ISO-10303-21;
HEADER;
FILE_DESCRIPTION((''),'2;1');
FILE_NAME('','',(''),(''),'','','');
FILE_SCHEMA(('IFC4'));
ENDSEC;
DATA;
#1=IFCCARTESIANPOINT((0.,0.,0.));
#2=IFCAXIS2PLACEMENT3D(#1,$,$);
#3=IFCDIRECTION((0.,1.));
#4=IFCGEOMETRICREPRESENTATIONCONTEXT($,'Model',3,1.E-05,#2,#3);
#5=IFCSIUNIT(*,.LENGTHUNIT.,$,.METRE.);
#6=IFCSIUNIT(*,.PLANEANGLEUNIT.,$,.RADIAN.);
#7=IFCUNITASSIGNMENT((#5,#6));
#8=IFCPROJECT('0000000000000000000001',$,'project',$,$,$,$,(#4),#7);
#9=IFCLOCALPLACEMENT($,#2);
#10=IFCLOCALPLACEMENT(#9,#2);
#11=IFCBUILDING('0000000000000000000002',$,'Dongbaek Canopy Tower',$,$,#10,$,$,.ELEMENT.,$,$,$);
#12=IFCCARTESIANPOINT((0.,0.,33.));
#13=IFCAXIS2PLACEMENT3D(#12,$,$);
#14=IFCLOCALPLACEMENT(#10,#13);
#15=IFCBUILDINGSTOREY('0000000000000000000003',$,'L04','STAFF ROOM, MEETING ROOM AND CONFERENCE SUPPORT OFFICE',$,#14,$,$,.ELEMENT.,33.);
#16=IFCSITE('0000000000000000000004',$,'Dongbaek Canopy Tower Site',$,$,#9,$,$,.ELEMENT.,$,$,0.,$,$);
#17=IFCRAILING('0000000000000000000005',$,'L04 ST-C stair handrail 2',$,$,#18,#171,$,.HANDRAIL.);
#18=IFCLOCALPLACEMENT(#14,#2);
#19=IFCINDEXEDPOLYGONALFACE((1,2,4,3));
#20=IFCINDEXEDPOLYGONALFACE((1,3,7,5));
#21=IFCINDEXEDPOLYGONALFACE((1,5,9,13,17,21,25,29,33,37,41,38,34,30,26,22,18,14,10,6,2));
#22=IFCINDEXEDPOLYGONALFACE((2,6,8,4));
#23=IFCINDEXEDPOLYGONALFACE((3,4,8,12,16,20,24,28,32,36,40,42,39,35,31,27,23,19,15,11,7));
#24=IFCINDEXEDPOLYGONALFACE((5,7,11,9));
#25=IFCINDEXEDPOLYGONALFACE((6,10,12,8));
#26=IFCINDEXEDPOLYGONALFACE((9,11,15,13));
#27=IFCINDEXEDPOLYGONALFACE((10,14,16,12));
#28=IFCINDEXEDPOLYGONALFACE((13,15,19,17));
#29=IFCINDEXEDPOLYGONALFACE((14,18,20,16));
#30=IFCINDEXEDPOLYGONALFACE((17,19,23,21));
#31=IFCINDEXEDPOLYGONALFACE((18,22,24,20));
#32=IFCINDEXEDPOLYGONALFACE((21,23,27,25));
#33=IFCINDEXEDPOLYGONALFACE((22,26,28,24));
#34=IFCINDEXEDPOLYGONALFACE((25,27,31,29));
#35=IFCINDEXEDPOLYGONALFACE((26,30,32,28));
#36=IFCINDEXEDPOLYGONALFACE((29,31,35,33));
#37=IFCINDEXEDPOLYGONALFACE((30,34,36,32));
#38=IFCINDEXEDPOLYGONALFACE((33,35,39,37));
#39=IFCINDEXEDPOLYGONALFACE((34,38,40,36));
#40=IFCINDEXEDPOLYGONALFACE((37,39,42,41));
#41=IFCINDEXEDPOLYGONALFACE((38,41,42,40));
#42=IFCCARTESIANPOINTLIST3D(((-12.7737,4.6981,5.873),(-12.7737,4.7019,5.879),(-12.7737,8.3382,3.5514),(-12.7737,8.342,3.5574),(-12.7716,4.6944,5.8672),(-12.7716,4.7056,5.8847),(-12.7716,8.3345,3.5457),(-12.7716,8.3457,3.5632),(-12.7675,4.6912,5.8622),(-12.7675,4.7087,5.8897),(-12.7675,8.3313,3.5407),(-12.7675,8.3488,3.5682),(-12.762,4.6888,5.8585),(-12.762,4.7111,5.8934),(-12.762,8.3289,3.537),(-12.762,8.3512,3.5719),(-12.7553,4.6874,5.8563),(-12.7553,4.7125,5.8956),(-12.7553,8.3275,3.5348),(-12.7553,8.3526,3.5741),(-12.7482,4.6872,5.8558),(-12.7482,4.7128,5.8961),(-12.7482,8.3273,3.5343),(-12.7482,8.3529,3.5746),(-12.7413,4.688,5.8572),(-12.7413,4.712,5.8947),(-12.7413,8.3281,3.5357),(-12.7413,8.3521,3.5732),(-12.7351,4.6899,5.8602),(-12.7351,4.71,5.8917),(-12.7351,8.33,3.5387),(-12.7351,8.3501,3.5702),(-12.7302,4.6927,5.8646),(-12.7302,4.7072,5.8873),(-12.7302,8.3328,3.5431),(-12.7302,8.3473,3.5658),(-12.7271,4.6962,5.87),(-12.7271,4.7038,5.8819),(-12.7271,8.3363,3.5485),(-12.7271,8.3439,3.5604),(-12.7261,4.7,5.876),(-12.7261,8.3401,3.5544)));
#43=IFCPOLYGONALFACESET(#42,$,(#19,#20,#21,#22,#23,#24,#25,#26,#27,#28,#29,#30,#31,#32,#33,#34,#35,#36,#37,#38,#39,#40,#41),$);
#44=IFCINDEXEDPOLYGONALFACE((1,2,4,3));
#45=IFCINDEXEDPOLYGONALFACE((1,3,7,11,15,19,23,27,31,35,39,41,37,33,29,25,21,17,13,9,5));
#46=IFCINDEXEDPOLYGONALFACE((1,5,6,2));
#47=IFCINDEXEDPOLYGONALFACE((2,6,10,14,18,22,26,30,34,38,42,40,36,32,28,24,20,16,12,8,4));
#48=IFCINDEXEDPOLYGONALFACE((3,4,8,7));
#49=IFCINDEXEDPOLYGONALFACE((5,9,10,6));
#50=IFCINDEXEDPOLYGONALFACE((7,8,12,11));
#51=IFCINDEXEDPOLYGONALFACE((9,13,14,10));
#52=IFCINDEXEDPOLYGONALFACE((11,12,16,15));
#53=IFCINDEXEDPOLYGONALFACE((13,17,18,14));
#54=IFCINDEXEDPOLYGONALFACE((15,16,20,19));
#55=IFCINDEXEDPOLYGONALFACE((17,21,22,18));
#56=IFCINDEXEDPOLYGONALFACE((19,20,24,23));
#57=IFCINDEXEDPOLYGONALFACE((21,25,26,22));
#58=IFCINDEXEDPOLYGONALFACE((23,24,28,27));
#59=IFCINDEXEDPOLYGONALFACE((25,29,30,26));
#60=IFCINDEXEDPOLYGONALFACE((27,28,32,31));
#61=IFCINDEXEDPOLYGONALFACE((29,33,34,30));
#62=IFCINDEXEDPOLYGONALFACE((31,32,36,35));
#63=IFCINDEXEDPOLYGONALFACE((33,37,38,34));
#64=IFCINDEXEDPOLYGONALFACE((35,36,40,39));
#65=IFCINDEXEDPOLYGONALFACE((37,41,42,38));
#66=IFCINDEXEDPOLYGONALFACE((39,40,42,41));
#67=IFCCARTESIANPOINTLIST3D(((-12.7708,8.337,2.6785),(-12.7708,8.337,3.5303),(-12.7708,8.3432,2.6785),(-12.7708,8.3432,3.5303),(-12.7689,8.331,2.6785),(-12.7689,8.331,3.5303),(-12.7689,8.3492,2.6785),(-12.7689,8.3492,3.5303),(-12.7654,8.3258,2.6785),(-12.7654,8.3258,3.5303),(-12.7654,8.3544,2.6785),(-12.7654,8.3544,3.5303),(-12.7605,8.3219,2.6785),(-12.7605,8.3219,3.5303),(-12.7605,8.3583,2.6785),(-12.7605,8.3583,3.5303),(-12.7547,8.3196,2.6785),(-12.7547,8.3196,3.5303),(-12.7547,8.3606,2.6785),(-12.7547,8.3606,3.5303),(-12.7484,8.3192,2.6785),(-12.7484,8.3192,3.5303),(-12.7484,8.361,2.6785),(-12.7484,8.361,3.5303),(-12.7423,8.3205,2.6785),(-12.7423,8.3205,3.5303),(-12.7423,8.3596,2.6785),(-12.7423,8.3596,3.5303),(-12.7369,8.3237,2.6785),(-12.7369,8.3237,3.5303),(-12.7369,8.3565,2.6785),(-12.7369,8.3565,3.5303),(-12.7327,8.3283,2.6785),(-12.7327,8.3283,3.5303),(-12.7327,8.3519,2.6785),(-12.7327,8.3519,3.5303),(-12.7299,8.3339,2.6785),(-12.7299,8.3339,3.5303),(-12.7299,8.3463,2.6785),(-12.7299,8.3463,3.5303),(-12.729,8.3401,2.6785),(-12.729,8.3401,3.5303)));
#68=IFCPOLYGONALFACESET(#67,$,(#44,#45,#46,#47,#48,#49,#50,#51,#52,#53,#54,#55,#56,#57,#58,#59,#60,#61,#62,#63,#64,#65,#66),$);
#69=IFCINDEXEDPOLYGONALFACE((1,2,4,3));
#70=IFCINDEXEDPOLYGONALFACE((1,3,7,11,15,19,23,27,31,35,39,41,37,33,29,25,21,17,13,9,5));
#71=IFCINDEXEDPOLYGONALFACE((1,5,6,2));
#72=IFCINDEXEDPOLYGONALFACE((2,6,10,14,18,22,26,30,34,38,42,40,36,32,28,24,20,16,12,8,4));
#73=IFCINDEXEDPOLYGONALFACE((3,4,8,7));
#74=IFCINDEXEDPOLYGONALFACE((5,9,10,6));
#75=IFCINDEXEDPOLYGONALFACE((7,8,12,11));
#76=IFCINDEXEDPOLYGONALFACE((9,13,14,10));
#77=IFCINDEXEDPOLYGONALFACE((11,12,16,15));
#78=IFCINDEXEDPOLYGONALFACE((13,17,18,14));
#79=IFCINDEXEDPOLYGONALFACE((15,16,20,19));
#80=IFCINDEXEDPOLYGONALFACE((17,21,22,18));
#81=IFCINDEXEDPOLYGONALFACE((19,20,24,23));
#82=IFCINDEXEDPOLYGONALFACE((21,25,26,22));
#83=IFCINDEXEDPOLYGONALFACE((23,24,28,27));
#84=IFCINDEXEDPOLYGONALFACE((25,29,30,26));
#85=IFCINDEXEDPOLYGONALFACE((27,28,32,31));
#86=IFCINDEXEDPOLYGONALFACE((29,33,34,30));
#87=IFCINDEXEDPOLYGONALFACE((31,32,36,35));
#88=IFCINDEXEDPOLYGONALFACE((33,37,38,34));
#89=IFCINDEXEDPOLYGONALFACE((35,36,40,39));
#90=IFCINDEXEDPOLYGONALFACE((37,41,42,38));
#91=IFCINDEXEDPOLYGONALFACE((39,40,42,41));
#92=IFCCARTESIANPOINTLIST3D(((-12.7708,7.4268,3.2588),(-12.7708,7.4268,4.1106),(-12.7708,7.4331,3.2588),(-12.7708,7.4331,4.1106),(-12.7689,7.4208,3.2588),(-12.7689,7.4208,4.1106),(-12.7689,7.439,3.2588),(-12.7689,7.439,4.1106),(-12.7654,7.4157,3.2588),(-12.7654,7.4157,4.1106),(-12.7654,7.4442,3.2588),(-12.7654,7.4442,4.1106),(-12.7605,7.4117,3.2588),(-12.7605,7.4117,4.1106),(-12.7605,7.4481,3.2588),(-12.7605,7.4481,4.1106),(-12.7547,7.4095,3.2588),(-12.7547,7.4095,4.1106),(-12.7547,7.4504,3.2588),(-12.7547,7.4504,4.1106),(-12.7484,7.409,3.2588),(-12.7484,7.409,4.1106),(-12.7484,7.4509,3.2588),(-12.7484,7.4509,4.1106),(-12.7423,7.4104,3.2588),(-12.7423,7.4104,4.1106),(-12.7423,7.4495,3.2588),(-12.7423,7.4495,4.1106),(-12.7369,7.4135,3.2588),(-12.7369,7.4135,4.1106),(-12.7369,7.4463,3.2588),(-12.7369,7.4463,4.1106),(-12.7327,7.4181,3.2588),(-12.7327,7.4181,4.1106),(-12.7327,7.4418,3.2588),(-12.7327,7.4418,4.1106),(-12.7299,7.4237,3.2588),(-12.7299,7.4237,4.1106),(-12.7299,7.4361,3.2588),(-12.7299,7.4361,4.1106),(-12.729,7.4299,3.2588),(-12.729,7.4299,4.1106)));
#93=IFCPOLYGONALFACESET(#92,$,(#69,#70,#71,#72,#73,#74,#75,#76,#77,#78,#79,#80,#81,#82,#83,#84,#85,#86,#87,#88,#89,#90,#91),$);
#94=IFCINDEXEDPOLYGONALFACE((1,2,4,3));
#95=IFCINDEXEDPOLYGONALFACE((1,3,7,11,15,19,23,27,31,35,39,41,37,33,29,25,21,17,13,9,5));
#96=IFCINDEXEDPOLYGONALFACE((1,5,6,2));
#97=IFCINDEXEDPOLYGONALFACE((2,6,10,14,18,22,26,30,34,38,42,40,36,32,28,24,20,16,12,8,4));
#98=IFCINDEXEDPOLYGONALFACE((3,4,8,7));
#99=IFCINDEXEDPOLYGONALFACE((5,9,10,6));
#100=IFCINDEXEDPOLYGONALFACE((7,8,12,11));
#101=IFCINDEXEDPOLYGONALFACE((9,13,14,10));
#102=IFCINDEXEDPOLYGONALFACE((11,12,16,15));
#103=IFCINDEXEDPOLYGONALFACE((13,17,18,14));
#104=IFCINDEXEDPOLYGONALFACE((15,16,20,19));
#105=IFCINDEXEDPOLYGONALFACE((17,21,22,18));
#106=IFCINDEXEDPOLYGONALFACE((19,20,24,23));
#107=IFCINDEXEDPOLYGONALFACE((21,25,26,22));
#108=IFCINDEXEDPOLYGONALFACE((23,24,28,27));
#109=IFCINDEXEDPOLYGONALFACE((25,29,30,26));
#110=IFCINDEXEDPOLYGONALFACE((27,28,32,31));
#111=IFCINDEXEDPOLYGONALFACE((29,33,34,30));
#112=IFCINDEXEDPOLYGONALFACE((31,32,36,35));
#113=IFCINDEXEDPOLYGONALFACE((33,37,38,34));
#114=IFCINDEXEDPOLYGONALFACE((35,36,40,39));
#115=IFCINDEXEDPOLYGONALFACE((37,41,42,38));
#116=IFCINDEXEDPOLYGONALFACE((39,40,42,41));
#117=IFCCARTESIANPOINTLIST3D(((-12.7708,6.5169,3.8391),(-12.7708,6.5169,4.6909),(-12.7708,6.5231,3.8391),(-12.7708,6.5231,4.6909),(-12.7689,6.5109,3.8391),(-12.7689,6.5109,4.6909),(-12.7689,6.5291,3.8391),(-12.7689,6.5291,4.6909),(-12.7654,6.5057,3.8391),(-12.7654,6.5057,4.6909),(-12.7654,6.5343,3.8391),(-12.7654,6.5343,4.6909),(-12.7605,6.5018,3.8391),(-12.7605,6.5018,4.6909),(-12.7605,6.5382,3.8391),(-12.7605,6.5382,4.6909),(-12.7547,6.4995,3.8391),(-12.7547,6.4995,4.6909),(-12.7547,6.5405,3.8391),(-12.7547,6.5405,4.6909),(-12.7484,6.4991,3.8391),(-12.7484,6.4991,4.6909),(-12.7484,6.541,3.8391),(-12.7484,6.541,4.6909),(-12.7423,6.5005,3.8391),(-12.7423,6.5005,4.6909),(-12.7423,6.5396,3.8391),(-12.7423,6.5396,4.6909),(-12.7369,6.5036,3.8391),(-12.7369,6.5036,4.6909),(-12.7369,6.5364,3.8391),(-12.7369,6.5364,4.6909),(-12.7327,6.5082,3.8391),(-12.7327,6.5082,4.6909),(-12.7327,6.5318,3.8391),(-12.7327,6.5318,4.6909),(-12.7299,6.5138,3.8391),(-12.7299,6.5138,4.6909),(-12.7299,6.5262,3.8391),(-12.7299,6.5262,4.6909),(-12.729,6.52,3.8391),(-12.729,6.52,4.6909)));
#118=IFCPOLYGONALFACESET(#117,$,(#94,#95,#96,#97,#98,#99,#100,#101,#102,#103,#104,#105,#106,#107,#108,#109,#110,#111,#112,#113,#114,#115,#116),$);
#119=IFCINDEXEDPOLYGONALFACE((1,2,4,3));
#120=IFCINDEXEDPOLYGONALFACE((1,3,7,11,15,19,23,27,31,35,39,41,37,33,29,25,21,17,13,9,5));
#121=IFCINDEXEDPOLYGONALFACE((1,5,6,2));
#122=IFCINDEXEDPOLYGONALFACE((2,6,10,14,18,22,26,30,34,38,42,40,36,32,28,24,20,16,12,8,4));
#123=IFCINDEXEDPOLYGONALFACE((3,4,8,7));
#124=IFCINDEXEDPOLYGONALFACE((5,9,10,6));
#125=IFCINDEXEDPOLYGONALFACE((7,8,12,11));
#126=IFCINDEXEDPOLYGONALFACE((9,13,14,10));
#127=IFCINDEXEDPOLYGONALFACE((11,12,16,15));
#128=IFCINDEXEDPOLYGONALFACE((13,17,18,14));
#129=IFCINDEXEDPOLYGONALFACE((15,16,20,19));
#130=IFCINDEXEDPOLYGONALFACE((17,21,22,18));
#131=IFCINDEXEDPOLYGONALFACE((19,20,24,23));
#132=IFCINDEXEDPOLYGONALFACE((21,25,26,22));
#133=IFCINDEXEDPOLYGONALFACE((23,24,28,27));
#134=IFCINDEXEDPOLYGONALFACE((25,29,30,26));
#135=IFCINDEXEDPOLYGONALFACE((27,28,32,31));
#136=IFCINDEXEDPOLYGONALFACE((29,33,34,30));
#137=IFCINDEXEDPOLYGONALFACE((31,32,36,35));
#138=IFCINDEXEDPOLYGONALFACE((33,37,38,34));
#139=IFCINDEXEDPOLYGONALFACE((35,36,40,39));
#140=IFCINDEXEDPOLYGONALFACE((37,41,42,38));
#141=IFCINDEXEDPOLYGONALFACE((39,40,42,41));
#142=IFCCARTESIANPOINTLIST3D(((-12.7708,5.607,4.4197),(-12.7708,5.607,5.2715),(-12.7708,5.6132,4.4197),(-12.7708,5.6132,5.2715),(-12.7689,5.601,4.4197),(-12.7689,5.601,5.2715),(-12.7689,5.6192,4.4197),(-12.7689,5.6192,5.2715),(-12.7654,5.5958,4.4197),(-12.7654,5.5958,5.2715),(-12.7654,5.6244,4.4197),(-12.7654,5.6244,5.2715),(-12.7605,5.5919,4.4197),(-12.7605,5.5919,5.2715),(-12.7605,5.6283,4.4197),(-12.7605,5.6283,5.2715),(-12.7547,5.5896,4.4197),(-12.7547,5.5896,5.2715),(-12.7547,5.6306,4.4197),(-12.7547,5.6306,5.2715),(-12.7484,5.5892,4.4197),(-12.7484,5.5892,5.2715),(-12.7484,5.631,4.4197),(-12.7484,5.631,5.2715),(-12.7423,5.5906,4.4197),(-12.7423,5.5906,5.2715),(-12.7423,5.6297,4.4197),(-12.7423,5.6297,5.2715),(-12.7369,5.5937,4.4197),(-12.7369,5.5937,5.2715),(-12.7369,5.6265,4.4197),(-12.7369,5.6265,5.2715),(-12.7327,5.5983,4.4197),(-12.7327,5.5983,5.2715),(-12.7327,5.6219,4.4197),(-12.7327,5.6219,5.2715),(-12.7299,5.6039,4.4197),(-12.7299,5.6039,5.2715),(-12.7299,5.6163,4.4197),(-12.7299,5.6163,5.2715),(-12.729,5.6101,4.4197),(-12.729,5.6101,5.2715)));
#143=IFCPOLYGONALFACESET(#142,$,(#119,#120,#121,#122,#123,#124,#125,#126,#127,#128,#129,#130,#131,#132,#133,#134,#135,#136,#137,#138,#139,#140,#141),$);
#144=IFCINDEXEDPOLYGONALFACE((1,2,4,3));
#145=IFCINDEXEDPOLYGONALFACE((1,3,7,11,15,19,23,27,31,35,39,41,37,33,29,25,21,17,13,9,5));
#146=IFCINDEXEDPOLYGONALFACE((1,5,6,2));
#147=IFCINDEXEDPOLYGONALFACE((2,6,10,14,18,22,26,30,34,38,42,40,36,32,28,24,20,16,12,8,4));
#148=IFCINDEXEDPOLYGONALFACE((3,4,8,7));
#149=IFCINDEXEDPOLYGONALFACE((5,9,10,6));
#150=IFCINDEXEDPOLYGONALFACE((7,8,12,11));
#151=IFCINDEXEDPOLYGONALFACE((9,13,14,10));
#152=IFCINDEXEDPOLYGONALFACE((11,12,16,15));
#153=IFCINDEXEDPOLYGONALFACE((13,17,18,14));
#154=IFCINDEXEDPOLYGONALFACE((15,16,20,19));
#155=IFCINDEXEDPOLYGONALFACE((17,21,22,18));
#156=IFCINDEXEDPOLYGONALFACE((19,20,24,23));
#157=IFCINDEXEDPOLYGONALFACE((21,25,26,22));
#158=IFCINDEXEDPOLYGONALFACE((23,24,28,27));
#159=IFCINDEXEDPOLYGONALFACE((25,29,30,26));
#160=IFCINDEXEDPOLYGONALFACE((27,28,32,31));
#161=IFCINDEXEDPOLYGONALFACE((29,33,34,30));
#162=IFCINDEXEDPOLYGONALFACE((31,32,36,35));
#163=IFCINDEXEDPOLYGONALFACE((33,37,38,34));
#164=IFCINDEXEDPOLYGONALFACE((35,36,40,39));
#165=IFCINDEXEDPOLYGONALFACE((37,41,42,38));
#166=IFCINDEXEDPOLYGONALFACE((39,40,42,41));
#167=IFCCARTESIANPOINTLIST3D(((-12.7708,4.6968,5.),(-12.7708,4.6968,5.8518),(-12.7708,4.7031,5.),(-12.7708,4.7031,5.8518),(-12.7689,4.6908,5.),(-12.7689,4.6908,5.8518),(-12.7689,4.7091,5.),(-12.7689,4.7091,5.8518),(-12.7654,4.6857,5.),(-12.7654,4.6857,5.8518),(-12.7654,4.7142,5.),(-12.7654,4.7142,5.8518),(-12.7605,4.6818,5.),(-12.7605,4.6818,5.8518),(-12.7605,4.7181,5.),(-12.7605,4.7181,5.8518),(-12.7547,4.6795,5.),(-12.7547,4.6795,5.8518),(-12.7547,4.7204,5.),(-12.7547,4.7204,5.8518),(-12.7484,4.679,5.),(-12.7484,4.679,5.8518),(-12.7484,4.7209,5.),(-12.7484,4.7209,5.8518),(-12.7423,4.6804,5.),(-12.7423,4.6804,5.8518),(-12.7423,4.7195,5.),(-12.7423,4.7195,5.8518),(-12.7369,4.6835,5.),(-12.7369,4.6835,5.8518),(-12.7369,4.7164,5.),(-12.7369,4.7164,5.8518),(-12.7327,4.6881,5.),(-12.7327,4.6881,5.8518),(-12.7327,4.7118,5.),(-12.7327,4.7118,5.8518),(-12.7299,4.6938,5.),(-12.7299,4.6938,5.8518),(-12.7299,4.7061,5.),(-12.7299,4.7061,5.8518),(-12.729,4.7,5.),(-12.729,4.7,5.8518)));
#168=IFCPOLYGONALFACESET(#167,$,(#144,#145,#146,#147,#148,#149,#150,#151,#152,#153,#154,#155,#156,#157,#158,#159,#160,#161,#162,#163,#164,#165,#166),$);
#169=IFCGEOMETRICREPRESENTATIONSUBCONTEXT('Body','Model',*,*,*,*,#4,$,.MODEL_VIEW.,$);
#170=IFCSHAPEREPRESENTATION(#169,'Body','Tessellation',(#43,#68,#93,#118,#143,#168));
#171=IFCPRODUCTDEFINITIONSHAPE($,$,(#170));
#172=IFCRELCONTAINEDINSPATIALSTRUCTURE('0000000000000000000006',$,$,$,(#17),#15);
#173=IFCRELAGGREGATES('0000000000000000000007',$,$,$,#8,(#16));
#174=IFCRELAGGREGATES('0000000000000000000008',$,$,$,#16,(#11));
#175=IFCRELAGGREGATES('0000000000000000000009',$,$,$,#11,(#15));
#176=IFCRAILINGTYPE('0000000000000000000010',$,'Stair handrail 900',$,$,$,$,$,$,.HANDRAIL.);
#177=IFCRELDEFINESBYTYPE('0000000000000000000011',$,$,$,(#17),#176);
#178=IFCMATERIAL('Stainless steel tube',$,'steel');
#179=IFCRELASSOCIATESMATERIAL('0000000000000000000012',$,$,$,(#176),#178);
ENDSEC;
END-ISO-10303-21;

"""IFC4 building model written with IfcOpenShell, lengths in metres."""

from ifc_helpers import new_model, si_unit, direction, frame, origin, origin_2d, place, context, subcontext, project, spatial, circle, extrude, material, type_object, element, save


model = new_model("IFC4")

# Units and contexts
model_context = context("Model", 3, precision=1e-05, world=origin(), true_north=direction((0.0, 1.0)))
body_context = subcontext(model_context, "Body", "Model", "MODEL_VIEW")
ifc_project = project(units=[si_unit("LENGTHUNIT", "METRE"), si_unit("PLANEANGLEUNIT", "RADIAN")], contexts=[model_context])

# Site, building, storey
site_placement = place(None, origin())
site = spatial("IfcSite", under=ifc_project, at=site_placement, Name="Dongbaek Canopy Tower Site", CompositionType="ELEMENT", RefElevation=0.0)
building_placement = place(site_placement, origin())
building = spatial("IfcBuilding", under=site, at=building_placement, Name="Dongbaek Canopy Tower", CompositionType="ELEMENT")
storey_placement = place(building_placement, frame((0.0, 0.0, 33.0)))
storey = spatial("IfcBuildingStorey", under=building, at=storey_placement, Name="L04", Description="STAFF ROOM, MEETING ROOM AND CONFERENCE SUPPORT OFFICE", CompositionType="ELEMENT", Elevation=33.0)

# Railing
ifc_material_1 = material(Name="Stainless steel tube", Category="steel")
railing_type_1 = type_object("IfcRailingType", Name="Stair handrail 900", PredefinedType="HANDRAIL", material=ifc_material_1)
railing_1_placement = place(storey_placement, frame((-12.75, 8.3401, 2.6785)))
element("IfcRailing", 1, at=railing_1_placement, inside=storey, type_object=railing_type_1, Name="L04 ST-C stair handrail 2", PredefinedType="HANDRAIL", context=body_context, shape_type="SweptSolid", body=[
    extrude(circle(Radius=0.0239, at=origin_2d()), frame((0.0, 0.0, 0.876), z_axis=(0.0, -0.843128, 0.537713), x_axis=(1.0, 0.0, 0.0)), (0.0, 0.0, 1.0), 4.3174),
    extrude(circle(Radius=0.021, at=origin_2d()), origin(), (0.0, 0.0, 1.0), 0.8518),
    extrude(circle(Radius=0.021, at=origin_2d()), frame((0.0, -0.9102, 0.5803)), (0.0, 0.0, 1.0), 0.8518),
    extrude(circle(Radius=0.021, at=origin_2d()), frame((0.0, -1.8201, 1.1606)), (0.0, 0.0, 1.0), 0.8518),
    extrude(circle(Radius=0.021, at=origin_2d()), frame((0.0, -2.73, 1.7412)), (0.0, 0.0, 1.0), 0.8518),
    extrude(circle(Radius=0.021, at=origin_2d()), frame((0.0, -3.6401, 2.3215)), (0.0, 0.0, 1.0), 0.8518),
])

save(model, "model.ifc")
